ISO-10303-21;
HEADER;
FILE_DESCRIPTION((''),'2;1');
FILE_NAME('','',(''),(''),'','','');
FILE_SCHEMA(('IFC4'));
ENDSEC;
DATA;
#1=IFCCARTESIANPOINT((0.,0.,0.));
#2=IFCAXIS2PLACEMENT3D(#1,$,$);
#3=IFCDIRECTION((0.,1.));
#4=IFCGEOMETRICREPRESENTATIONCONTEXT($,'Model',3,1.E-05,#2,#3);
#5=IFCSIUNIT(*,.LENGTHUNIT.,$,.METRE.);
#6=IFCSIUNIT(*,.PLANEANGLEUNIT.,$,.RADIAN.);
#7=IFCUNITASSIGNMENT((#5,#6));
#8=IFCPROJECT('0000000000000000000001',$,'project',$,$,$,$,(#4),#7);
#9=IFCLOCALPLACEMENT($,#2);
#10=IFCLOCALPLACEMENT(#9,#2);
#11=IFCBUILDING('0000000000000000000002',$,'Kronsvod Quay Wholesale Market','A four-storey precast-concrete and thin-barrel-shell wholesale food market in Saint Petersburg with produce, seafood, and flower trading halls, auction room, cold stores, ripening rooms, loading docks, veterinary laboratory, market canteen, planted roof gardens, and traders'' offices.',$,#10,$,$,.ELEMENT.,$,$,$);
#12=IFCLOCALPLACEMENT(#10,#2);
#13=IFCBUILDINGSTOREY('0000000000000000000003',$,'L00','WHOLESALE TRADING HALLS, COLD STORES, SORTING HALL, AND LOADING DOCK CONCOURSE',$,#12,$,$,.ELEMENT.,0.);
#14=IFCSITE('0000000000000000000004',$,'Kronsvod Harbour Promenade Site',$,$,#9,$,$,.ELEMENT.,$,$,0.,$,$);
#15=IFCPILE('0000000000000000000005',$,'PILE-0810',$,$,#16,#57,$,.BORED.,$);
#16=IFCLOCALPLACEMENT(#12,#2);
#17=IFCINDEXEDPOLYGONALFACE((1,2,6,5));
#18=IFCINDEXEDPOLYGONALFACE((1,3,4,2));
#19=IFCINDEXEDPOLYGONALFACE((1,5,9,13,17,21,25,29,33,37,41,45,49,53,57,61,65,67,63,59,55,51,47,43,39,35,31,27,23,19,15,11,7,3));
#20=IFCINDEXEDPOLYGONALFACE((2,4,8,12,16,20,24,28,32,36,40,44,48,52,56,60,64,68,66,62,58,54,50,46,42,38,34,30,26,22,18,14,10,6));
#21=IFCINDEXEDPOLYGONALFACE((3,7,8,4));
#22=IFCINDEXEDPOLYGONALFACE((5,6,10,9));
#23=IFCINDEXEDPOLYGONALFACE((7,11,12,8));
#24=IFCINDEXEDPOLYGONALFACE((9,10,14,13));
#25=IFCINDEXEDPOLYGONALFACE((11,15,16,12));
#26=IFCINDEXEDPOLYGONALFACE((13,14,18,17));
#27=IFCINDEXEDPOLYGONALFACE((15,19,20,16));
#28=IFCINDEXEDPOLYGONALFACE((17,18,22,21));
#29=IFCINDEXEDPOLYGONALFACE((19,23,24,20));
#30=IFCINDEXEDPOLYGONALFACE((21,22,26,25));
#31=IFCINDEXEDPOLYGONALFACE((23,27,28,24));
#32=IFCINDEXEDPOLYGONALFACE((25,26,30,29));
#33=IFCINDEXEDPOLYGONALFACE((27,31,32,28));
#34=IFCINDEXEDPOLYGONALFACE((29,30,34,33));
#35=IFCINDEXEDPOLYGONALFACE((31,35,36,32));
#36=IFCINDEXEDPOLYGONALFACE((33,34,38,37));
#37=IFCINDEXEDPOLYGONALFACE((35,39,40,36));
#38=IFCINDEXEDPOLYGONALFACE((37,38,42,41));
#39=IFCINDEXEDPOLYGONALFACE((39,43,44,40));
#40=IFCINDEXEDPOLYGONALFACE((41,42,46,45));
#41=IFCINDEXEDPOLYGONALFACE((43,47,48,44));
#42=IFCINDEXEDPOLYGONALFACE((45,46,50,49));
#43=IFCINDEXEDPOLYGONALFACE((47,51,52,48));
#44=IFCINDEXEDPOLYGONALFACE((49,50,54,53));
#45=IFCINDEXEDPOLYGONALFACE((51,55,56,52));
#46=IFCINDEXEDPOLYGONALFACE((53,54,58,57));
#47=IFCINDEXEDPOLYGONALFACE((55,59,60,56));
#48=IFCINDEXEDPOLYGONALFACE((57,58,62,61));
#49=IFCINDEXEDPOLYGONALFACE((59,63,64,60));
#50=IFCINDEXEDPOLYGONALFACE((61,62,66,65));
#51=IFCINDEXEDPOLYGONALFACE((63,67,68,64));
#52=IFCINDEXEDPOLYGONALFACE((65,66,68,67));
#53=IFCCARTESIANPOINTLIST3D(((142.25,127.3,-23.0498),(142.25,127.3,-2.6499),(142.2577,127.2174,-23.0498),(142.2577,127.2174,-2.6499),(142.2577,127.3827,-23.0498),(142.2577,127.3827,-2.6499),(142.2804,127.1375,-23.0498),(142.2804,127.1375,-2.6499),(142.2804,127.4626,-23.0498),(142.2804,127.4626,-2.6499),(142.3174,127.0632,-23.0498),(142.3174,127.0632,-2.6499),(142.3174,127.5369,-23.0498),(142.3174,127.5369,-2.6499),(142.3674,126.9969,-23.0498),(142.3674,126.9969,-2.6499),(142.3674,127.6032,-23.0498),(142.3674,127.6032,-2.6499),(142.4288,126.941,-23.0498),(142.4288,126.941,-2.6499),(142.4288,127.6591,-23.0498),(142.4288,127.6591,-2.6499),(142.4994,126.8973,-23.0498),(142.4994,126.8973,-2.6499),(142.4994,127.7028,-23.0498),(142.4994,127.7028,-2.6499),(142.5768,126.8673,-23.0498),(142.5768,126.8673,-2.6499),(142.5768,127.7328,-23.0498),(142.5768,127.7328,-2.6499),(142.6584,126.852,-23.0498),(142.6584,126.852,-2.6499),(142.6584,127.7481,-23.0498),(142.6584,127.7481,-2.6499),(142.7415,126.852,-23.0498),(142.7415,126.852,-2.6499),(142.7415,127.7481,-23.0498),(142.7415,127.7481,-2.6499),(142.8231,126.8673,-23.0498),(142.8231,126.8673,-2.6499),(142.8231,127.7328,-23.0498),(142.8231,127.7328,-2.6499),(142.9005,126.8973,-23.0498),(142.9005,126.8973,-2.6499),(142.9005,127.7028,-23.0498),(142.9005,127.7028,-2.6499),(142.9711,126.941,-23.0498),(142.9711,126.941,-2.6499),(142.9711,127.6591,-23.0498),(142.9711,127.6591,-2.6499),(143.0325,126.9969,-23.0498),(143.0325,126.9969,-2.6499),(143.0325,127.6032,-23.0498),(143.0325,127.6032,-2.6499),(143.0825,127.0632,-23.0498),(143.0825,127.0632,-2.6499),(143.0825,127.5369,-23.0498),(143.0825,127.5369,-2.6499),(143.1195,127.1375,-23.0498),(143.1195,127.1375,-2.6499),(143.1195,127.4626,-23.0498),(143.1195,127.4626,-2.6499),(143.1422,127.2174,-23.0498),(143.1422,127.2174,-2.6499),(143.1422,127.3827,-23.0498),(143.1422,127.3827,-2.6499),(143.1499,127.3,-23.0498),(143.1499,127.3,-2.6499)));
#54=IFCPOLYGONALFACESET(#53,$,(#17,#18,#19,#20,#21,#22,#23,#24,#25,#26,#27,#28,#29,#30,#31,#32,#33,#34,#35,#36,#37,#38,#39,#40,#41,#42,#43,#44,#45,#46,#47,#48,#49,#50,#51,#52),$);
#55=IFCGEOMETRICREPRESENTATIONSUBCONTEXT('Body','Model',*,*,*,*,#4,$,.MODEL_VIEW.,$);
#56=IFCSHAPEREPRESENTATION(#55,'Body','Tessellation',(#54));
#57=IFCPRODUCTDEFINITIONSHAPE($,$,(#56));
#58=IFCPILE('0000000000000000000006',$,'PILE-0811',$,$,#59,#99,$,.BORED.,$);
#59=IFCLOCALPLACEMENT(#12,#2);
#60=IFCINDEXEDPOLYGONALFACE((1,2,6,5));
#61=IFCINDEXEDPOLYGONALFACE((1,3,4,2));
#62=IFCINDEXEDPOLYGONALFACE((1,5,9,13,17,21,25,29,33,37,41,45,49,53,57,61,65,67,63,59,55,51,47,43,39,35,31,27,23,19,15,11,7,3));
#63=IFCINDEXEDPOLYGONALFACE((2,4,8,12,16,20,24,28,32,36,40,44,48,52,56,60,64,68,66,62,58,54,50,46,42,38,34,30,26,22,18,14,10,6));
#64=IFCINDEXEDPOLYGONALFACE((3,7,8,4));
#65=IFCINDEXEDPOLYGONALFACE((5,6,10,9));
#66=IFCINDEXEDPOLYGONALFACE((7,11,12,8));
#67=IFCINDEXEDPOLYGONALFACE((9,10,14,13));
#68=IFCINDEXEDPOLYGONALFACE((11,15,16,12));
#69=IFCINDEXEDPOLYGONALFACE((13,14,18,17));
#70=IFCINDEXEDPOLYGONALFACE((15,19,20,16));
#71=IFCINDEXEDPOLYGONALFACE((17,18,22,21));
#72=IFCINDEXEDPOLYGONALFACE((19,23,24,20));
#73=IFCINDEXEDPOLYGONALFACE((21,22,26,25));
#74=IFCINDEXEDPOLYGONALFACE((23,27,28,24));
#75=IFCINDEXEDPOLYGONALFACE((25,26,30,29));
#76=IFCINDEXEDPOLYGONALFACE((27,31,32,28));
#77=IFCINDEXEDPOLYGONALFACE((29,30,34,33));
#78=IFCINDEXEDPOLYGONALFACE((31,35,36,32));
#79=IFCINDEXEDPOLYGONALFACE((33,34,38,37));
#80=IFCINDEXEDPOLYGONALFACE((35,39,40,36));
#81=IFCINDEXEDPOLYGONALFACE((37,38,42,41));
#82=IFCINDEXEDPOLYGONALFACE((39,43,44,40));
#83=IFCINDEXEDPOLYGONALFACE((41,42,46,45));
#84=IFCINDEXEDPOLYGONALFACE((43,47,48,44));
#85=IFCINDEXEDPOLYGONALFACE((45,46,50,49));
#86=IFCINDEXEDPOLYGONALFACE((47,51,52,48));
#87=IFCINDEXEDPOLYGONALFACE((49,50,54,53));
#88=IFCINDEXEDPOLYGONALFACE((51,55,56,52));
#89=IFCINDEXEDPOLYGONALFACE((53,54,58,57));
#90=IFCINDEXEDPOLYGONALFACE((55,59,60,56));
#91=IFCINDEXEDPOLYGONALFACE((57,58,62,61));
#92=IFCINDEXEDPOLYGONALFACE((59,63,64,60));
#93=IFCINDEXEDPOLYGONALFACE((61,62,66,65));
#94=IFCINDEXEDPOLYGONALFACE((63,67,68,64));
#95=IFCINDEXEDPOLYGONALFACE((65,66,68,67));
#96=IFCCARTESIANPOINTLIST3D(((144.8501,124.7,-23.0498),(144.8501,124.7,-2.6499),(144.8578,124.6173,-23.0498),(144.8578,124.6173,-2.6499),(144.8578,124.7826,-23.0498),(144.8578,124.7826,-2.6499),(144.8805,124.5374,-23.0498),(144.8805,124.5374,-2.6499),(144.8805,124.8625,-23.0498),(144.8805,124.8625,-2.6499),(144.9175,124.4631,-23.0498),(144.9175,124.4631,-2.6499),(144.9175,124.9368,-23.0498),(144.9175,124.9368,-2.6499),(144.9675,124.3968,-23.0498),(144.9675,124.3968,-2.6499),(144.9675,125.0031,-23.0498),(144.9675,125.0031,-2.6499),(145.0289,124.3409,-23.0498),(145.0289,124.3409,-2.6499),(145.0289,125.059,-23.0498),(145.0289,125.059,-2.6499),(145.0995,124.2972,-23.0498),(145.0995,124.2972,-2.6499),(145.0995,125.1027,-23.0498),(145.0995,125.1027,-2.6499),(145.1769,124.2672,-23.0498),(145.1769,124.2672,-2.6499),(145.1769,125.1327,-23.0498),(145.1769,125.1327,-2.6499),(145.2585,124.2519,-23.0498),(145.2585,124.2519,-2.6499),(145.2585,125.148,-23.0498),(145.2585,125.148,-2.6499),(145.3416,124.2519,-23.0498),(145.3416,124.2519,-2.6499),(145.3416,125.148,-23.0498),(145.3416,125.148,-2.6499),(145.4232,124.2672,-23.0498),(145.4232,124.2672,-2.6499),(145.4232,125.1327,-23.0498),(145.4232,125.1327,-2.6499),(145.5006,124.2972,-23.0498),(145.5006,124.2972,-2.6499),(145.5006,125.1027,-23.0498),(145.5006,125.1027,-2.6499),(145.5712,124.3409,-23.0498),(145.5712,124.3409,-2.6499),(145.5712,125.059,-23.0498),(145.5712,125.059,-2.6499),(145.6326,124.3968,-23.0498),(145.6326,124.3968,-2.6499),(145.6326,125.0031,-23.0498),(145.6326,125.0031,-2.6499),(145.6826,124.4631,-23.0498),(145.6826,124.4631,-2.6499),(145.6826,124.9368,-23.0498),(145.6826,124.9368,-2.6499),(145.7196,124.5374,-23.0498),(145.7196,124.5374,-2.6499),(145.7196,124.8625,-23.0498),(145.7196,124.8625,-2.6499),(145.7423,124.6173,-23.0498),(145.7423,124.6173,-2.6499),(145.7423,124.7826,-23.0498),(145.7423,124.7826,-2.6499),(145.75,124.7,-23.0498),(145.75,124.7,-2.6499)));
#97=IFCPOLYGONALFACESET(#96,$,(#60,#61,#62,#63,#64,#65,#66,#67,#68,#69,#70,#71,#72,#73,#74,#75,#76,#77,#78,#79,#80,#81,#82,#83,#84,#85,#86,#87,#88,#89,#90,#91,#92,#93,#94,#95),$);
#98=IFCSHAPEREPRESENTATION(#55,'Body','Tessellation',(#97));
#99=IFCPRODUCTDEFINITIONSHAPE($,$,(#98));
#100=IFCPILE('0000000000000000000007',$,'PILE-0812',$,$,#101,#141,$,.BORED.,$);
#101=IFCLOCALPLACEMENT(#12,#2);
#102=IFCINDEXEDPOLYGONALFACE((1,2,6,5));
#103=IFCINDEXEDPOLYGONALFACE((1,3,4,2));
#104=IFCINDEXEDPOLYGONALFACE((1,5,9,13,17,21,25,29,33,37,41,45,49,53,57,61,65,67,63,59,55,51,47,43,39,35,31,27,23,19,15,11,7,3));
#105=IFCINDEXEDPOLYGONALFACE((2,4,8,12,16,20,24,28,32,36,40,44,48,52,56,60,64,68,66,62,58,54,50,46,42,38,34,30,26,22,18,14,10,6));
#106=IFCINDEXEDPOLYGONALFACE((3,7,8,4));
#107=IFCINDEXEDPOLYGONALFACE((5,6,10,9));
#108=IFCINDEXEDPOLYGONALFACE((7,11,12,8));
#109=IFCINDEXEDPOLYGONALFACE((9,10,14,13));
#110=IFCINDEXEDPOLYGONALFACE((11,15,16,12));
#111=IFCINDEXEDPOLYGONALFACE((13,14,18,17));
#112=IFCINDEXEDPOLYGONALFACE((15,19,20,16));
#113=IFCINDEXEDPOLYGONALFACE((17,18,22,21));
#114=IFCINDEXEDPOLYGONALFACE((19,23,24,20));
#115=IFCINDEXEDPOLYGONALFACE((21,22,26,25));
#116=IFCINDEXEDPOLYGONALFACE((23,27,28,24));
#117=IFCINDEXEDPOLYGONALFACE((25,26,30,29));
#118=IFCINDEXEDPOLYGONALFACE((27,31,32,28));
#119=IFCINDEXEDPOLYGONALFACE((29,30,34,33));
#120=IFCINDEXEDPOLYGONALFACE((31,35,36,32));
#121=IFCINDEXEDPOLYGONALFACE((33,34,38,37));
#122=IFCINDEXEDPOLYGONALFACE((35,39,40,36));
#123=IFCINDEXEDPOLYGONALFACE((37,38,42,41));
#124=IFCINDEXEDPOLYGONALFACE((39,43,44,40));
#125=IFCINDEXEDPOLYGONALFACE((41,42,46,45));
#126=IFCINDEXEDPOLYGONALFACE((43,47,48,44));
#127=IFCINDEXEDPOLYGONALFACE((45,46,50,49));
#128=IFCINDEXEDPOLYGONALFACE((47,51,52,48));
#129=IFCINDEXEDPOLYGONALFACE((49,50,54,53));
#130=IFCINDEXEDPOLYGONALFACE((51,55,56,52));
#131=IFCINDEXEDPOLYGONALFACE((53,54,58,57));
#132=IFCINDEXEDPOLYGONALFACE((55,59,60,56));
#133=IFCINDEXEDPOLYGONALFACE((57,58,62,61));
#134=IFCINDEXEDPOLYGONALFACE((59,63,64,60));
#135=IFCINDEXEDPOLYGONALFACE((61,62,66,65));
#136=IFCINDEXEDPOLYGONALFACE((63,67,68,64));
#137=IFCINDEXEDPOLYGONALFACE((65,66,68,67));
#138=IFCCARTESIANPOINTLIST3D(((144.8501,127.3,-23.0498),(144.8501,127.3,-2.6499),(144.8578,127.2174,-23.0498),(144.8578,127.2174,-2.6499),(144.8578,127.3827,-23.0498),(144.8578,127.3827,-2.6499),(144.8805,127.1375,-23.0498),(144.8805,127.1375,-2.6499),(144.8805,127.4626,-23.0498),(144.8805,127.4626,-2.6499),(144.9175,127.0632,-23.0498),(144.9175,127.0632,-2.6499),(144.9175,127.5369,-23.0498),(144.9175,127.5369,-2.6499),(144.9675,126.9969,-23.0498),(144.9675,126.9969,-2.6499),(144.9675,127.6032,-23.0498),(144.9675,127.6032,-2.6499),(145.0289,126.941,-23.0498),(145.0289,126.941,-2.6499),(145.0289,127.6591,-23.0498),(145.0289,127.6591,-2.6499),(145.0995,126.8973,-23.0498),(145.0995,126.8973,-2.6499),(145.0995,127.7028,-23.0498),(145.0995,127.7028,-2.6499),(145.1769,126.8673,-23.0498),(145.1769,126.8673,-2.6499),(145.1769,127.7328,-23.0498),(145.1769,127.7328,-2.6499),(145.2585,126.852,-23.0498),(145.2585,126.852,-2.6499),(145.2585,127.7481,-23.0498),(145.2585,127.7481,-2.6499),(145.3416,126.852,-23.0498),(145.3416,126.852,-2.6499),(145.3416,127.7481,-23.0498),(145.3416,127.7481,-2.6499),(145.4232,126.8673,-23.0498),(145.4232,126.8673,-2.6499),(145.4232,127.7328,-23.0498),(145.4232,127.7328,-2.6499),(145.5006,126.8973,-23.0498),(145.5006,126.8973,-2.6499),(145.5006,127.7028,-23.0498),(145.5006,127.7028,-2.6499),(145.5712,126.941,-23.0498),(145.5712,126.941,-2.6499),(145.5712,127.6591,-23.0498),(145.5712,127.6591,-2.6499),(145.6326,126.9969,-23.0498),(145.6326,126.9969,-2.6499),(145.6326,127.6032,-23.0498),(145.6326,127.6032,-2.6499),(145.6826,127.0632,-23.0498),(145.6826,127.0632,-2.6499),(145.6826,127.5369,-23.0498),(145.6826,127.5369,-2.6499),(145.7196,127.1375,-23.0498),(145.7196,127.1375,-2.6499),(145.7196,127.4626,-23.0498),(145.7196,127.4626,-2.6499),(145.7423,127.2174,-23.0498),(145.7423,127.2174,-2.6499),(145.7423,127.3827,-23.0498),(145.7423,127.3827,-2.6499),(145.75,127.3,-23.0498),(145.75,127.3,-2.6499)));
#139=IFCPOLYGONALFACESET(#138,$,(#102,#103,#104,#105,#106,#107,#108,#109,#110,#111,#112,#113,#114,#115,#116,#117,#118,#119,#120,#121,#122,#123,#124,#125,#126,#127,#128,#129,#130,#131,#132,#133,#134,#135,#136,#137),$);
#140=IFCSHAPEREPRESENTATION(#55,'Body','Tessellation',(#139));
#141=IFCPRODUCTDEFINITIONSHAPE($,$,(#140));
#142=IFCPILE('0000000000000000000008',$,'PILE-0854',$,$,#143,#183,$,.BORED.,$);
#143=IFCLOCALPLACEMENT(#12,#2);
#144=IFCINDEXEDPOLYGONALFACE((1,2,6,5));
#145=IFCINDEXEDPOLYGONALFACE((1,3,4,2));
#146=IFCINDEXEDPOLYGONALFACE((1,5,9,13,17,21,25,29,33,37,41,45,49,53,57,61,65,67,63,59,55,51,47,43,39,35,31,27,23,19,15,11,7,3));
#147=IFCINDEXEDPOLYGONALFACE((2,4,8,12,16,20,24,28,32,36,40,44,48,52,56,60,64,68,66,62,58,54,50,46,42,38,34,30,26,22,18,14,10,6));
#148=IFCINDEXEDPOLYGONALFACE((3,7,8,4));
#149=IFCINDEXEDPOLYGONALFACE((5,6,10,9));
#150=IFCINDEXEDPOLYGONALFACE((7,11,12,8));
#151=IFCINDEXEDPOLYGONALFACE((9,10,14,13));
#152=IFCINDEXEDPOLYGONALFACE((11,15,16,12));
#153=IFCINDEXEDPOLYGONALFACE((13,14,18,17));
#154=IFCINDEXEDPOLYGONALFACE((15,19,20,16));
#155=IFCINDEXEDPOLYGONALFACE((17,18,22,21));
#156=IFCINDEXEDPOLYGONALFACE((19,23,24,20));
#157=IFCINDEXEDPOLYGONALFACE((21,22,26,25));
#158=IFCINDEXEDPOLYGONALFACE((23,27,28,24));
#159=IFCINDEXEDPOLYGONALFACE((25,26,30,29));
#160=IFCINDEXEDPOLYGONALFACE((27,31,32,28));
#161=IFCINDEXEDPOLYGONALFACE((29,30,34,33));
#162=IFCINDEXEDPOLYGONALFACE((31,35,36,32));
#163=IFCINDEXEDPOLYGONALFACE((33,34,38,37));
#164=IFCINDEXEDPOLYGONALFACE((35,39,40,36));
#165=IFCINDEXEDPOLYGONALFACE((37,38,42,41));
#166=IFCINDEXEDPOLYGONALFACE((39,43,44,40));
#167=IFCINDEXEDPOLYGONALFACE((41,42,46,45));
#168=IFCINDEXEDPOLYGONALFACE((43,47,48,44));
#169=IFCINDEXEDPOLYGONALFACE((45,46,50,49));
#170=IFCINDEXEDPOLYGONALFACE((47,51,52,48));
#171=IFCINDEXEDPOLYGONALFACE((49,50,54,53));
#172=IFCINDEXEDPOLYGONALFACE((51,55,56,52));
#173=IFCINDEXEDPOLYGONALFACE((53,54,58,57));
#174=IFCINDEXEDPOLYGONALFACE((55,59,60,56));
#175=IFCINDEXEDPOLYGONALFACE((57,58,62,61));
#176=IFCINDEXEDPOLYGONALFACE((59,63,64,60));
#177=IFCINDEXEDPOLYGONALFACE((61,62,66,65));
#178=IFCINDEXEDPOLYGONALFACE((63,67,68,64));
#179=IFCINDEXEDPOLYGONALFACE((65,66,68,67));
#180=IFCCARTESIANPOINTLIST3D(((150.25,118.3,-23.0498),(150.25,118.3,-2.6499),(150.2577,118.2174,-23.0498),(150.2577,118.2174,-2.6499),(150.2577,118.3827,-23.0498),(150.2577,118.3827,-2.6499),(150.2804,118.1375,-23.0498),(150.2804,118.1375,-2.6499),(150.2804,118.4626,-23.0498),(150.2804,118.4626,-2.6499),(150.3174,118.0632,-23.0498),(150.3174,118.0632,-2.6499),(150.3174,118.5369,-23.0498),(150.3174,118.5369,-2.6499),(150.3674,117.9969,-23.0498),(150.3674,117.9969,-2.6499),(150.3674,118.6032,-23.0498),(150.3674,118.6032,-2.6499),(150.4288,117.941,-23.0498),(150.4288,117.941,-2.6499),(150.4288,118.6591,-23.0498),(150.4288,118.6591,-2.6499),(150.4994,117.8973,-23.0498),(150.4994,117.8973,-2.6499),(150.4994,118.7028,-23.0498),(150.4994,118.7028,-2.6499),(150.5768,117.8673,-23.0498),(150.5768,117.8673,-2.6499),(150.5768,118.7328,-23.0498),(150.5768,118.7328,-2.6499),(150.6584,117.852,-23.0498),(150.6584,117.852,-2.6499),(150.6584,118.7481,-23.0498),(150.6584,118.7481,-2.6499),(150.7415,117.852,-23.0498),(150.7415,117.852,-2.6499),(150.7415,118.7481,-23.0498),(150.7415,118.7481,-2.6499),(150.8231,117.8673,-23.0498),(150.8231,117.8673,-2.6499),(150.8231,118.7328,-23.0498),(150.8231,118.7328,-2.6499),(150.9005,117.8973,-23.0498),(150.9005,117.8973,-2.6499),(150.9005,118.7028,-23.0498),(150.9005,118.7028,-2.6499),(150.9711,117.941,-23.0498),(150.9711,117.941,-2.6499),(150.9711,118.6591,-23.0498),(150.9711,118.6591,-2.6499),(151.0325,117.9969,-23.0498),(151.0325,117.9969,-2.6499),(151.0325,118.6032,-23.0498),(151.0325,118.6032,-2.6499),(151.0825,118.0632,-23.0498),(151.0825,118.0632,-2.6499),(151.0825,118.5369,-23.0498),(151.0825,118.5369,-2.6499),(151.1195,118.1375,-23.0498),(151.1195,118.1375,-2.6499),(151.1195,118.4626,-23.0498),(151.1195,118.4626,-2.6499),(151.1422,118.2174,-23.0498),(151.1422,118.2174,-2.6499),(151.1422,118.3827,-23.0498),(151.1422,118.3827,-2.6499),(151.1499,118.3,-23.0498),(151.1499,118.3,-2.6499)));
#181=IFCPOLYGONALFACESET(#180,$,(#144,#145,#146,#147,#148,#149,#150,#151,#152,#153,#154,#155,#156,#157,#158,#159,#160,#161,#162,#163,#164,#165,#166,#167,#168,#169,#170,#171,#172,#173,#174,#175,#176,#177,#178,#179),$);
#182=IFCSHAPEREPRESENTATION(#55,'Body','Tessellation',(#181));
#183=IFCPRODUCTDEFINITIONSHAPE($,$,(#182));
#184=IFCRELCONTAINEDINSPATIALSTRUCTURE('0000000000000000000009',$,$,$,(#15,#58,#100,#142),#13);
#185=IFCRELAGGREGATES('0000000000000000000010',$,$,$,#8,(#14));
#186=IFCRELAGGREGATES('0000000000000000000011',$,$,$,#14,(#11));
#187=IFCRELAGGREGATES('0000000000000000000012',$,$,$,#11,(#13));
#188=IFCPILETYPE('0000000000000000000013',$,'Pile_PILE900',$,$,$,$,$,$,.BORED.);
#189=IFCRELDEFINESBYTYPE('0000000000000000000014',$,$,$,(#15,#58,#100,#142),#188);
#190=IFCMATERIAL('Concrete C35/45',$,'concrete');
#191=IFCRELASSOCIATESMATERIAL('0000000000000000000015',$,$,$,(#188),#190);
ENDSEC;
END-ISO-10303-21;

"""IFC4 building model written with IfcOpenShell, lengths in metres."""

from ifc_helpers import new_model, si_unit, direction, frame, origin, origin_2d, place, context, subcontext, project, spatial, circle, extrude, material, material_profile, profile_set, type_object, element, save


model = new_model("IFC4")

# Units and contexts
model_context = context("Model", 3, precision=1e-05, world=origin(), true_north=direction((0.0, 1.0)))
body_context = subcontext(model_context, "Body", "Model", "MODEL_VIEW")
ifc_project = project(units=[si_unit("LENGTHUNIT", "METRE"), si_unit("PLANEANGLEUNIT", "RADIAN")], contexts=[model_context])

# Site, building, storey
site_placement = place(None, origin())
site = spatial("IfcSite", under=ifc_project, at=site_placement, Name="Kronsvod Harbour Promenade Site", CompositionType="ELEMENT", RefElevation=0.0)
building_placement = place(site_placement, origin())
building = spatial("IfcBuilding", under=site, at=building_placement, Name="Kronsvod Quay Wholesale Market", Description="A four-storey precast-concrete and thin-barrel-shell wholesale food market in Saint Petersburg with produce, seafood, and flower trading halls, auction room, cold stores, ripening rooms, loading docks, veterinary laboratory, market canteen, planted roof gardens, and traders' offices.", CompositionType="ELEMENT")
storey_placement = place(building_placement, origin())
storey = spatial("IfcBuildingStorey", under=building, at=storey_placement, Name="L00", Description="WHOLESALE TRADING HALLS, COLD STORES, SORTING HALL, AND LOADING DOCK CONCOURSE", CompositionType="ELEMENT", Elevation=0.0)

# Piles
ifc_material_1 = material(Name="Concrete C35/45", Category="concrete")
ifc_material_profile_1 = material_profile(ifc_material_1, circle(Radius=0.45, at=origin_2d()), Name="PILE900")
ifc_profile_set_1 = profile_set([ifc_material_profile_1], Name="Concrete C35/45")
pile_type = type_object("IfcPileType", Name="Pile_PILE900", PredefinedType="BORED", material=ifc_profile_set_1)
for number, where, z_axis, x_axis, name in (
    (1, (142.7, 127.3, -2.6499), (0.0, 0.0, -1.0), (1.0, 0.0, 0.0), "PILE-0810"),
    (2, (145.3, 124.7, -2.6499), (0.0, 0.0, -1.0), (1.0, 0.0, 0.0), "PILE-0811"),
    (3, (145.3, 127.3, -2.6499), (0.0, 0.0, -1.0), (1.0, 0.0, 0.0), "PILE-0812"),
    (4, (150.7, 118.3, -2.6499), (0.0, 0.0, -1.0), (1.0, 0.0, 0.0), "PILE-0854"),
):
    element("IfcPile", number, at=place(storey_placement, frame(where, z_axis=z_axis, x_axis=x_axis)), inside=storey, type_object=pile_type, Name=name, PredefinedType="BORED", context=body_context, shape_type="SweptSolid", body=[
        extrude(circle(Radius=0.45, at=origin_2d()), origin(), (0.0, 0.0, 1.0), 20.3999),
    ])

save(model, "model.ifc")
